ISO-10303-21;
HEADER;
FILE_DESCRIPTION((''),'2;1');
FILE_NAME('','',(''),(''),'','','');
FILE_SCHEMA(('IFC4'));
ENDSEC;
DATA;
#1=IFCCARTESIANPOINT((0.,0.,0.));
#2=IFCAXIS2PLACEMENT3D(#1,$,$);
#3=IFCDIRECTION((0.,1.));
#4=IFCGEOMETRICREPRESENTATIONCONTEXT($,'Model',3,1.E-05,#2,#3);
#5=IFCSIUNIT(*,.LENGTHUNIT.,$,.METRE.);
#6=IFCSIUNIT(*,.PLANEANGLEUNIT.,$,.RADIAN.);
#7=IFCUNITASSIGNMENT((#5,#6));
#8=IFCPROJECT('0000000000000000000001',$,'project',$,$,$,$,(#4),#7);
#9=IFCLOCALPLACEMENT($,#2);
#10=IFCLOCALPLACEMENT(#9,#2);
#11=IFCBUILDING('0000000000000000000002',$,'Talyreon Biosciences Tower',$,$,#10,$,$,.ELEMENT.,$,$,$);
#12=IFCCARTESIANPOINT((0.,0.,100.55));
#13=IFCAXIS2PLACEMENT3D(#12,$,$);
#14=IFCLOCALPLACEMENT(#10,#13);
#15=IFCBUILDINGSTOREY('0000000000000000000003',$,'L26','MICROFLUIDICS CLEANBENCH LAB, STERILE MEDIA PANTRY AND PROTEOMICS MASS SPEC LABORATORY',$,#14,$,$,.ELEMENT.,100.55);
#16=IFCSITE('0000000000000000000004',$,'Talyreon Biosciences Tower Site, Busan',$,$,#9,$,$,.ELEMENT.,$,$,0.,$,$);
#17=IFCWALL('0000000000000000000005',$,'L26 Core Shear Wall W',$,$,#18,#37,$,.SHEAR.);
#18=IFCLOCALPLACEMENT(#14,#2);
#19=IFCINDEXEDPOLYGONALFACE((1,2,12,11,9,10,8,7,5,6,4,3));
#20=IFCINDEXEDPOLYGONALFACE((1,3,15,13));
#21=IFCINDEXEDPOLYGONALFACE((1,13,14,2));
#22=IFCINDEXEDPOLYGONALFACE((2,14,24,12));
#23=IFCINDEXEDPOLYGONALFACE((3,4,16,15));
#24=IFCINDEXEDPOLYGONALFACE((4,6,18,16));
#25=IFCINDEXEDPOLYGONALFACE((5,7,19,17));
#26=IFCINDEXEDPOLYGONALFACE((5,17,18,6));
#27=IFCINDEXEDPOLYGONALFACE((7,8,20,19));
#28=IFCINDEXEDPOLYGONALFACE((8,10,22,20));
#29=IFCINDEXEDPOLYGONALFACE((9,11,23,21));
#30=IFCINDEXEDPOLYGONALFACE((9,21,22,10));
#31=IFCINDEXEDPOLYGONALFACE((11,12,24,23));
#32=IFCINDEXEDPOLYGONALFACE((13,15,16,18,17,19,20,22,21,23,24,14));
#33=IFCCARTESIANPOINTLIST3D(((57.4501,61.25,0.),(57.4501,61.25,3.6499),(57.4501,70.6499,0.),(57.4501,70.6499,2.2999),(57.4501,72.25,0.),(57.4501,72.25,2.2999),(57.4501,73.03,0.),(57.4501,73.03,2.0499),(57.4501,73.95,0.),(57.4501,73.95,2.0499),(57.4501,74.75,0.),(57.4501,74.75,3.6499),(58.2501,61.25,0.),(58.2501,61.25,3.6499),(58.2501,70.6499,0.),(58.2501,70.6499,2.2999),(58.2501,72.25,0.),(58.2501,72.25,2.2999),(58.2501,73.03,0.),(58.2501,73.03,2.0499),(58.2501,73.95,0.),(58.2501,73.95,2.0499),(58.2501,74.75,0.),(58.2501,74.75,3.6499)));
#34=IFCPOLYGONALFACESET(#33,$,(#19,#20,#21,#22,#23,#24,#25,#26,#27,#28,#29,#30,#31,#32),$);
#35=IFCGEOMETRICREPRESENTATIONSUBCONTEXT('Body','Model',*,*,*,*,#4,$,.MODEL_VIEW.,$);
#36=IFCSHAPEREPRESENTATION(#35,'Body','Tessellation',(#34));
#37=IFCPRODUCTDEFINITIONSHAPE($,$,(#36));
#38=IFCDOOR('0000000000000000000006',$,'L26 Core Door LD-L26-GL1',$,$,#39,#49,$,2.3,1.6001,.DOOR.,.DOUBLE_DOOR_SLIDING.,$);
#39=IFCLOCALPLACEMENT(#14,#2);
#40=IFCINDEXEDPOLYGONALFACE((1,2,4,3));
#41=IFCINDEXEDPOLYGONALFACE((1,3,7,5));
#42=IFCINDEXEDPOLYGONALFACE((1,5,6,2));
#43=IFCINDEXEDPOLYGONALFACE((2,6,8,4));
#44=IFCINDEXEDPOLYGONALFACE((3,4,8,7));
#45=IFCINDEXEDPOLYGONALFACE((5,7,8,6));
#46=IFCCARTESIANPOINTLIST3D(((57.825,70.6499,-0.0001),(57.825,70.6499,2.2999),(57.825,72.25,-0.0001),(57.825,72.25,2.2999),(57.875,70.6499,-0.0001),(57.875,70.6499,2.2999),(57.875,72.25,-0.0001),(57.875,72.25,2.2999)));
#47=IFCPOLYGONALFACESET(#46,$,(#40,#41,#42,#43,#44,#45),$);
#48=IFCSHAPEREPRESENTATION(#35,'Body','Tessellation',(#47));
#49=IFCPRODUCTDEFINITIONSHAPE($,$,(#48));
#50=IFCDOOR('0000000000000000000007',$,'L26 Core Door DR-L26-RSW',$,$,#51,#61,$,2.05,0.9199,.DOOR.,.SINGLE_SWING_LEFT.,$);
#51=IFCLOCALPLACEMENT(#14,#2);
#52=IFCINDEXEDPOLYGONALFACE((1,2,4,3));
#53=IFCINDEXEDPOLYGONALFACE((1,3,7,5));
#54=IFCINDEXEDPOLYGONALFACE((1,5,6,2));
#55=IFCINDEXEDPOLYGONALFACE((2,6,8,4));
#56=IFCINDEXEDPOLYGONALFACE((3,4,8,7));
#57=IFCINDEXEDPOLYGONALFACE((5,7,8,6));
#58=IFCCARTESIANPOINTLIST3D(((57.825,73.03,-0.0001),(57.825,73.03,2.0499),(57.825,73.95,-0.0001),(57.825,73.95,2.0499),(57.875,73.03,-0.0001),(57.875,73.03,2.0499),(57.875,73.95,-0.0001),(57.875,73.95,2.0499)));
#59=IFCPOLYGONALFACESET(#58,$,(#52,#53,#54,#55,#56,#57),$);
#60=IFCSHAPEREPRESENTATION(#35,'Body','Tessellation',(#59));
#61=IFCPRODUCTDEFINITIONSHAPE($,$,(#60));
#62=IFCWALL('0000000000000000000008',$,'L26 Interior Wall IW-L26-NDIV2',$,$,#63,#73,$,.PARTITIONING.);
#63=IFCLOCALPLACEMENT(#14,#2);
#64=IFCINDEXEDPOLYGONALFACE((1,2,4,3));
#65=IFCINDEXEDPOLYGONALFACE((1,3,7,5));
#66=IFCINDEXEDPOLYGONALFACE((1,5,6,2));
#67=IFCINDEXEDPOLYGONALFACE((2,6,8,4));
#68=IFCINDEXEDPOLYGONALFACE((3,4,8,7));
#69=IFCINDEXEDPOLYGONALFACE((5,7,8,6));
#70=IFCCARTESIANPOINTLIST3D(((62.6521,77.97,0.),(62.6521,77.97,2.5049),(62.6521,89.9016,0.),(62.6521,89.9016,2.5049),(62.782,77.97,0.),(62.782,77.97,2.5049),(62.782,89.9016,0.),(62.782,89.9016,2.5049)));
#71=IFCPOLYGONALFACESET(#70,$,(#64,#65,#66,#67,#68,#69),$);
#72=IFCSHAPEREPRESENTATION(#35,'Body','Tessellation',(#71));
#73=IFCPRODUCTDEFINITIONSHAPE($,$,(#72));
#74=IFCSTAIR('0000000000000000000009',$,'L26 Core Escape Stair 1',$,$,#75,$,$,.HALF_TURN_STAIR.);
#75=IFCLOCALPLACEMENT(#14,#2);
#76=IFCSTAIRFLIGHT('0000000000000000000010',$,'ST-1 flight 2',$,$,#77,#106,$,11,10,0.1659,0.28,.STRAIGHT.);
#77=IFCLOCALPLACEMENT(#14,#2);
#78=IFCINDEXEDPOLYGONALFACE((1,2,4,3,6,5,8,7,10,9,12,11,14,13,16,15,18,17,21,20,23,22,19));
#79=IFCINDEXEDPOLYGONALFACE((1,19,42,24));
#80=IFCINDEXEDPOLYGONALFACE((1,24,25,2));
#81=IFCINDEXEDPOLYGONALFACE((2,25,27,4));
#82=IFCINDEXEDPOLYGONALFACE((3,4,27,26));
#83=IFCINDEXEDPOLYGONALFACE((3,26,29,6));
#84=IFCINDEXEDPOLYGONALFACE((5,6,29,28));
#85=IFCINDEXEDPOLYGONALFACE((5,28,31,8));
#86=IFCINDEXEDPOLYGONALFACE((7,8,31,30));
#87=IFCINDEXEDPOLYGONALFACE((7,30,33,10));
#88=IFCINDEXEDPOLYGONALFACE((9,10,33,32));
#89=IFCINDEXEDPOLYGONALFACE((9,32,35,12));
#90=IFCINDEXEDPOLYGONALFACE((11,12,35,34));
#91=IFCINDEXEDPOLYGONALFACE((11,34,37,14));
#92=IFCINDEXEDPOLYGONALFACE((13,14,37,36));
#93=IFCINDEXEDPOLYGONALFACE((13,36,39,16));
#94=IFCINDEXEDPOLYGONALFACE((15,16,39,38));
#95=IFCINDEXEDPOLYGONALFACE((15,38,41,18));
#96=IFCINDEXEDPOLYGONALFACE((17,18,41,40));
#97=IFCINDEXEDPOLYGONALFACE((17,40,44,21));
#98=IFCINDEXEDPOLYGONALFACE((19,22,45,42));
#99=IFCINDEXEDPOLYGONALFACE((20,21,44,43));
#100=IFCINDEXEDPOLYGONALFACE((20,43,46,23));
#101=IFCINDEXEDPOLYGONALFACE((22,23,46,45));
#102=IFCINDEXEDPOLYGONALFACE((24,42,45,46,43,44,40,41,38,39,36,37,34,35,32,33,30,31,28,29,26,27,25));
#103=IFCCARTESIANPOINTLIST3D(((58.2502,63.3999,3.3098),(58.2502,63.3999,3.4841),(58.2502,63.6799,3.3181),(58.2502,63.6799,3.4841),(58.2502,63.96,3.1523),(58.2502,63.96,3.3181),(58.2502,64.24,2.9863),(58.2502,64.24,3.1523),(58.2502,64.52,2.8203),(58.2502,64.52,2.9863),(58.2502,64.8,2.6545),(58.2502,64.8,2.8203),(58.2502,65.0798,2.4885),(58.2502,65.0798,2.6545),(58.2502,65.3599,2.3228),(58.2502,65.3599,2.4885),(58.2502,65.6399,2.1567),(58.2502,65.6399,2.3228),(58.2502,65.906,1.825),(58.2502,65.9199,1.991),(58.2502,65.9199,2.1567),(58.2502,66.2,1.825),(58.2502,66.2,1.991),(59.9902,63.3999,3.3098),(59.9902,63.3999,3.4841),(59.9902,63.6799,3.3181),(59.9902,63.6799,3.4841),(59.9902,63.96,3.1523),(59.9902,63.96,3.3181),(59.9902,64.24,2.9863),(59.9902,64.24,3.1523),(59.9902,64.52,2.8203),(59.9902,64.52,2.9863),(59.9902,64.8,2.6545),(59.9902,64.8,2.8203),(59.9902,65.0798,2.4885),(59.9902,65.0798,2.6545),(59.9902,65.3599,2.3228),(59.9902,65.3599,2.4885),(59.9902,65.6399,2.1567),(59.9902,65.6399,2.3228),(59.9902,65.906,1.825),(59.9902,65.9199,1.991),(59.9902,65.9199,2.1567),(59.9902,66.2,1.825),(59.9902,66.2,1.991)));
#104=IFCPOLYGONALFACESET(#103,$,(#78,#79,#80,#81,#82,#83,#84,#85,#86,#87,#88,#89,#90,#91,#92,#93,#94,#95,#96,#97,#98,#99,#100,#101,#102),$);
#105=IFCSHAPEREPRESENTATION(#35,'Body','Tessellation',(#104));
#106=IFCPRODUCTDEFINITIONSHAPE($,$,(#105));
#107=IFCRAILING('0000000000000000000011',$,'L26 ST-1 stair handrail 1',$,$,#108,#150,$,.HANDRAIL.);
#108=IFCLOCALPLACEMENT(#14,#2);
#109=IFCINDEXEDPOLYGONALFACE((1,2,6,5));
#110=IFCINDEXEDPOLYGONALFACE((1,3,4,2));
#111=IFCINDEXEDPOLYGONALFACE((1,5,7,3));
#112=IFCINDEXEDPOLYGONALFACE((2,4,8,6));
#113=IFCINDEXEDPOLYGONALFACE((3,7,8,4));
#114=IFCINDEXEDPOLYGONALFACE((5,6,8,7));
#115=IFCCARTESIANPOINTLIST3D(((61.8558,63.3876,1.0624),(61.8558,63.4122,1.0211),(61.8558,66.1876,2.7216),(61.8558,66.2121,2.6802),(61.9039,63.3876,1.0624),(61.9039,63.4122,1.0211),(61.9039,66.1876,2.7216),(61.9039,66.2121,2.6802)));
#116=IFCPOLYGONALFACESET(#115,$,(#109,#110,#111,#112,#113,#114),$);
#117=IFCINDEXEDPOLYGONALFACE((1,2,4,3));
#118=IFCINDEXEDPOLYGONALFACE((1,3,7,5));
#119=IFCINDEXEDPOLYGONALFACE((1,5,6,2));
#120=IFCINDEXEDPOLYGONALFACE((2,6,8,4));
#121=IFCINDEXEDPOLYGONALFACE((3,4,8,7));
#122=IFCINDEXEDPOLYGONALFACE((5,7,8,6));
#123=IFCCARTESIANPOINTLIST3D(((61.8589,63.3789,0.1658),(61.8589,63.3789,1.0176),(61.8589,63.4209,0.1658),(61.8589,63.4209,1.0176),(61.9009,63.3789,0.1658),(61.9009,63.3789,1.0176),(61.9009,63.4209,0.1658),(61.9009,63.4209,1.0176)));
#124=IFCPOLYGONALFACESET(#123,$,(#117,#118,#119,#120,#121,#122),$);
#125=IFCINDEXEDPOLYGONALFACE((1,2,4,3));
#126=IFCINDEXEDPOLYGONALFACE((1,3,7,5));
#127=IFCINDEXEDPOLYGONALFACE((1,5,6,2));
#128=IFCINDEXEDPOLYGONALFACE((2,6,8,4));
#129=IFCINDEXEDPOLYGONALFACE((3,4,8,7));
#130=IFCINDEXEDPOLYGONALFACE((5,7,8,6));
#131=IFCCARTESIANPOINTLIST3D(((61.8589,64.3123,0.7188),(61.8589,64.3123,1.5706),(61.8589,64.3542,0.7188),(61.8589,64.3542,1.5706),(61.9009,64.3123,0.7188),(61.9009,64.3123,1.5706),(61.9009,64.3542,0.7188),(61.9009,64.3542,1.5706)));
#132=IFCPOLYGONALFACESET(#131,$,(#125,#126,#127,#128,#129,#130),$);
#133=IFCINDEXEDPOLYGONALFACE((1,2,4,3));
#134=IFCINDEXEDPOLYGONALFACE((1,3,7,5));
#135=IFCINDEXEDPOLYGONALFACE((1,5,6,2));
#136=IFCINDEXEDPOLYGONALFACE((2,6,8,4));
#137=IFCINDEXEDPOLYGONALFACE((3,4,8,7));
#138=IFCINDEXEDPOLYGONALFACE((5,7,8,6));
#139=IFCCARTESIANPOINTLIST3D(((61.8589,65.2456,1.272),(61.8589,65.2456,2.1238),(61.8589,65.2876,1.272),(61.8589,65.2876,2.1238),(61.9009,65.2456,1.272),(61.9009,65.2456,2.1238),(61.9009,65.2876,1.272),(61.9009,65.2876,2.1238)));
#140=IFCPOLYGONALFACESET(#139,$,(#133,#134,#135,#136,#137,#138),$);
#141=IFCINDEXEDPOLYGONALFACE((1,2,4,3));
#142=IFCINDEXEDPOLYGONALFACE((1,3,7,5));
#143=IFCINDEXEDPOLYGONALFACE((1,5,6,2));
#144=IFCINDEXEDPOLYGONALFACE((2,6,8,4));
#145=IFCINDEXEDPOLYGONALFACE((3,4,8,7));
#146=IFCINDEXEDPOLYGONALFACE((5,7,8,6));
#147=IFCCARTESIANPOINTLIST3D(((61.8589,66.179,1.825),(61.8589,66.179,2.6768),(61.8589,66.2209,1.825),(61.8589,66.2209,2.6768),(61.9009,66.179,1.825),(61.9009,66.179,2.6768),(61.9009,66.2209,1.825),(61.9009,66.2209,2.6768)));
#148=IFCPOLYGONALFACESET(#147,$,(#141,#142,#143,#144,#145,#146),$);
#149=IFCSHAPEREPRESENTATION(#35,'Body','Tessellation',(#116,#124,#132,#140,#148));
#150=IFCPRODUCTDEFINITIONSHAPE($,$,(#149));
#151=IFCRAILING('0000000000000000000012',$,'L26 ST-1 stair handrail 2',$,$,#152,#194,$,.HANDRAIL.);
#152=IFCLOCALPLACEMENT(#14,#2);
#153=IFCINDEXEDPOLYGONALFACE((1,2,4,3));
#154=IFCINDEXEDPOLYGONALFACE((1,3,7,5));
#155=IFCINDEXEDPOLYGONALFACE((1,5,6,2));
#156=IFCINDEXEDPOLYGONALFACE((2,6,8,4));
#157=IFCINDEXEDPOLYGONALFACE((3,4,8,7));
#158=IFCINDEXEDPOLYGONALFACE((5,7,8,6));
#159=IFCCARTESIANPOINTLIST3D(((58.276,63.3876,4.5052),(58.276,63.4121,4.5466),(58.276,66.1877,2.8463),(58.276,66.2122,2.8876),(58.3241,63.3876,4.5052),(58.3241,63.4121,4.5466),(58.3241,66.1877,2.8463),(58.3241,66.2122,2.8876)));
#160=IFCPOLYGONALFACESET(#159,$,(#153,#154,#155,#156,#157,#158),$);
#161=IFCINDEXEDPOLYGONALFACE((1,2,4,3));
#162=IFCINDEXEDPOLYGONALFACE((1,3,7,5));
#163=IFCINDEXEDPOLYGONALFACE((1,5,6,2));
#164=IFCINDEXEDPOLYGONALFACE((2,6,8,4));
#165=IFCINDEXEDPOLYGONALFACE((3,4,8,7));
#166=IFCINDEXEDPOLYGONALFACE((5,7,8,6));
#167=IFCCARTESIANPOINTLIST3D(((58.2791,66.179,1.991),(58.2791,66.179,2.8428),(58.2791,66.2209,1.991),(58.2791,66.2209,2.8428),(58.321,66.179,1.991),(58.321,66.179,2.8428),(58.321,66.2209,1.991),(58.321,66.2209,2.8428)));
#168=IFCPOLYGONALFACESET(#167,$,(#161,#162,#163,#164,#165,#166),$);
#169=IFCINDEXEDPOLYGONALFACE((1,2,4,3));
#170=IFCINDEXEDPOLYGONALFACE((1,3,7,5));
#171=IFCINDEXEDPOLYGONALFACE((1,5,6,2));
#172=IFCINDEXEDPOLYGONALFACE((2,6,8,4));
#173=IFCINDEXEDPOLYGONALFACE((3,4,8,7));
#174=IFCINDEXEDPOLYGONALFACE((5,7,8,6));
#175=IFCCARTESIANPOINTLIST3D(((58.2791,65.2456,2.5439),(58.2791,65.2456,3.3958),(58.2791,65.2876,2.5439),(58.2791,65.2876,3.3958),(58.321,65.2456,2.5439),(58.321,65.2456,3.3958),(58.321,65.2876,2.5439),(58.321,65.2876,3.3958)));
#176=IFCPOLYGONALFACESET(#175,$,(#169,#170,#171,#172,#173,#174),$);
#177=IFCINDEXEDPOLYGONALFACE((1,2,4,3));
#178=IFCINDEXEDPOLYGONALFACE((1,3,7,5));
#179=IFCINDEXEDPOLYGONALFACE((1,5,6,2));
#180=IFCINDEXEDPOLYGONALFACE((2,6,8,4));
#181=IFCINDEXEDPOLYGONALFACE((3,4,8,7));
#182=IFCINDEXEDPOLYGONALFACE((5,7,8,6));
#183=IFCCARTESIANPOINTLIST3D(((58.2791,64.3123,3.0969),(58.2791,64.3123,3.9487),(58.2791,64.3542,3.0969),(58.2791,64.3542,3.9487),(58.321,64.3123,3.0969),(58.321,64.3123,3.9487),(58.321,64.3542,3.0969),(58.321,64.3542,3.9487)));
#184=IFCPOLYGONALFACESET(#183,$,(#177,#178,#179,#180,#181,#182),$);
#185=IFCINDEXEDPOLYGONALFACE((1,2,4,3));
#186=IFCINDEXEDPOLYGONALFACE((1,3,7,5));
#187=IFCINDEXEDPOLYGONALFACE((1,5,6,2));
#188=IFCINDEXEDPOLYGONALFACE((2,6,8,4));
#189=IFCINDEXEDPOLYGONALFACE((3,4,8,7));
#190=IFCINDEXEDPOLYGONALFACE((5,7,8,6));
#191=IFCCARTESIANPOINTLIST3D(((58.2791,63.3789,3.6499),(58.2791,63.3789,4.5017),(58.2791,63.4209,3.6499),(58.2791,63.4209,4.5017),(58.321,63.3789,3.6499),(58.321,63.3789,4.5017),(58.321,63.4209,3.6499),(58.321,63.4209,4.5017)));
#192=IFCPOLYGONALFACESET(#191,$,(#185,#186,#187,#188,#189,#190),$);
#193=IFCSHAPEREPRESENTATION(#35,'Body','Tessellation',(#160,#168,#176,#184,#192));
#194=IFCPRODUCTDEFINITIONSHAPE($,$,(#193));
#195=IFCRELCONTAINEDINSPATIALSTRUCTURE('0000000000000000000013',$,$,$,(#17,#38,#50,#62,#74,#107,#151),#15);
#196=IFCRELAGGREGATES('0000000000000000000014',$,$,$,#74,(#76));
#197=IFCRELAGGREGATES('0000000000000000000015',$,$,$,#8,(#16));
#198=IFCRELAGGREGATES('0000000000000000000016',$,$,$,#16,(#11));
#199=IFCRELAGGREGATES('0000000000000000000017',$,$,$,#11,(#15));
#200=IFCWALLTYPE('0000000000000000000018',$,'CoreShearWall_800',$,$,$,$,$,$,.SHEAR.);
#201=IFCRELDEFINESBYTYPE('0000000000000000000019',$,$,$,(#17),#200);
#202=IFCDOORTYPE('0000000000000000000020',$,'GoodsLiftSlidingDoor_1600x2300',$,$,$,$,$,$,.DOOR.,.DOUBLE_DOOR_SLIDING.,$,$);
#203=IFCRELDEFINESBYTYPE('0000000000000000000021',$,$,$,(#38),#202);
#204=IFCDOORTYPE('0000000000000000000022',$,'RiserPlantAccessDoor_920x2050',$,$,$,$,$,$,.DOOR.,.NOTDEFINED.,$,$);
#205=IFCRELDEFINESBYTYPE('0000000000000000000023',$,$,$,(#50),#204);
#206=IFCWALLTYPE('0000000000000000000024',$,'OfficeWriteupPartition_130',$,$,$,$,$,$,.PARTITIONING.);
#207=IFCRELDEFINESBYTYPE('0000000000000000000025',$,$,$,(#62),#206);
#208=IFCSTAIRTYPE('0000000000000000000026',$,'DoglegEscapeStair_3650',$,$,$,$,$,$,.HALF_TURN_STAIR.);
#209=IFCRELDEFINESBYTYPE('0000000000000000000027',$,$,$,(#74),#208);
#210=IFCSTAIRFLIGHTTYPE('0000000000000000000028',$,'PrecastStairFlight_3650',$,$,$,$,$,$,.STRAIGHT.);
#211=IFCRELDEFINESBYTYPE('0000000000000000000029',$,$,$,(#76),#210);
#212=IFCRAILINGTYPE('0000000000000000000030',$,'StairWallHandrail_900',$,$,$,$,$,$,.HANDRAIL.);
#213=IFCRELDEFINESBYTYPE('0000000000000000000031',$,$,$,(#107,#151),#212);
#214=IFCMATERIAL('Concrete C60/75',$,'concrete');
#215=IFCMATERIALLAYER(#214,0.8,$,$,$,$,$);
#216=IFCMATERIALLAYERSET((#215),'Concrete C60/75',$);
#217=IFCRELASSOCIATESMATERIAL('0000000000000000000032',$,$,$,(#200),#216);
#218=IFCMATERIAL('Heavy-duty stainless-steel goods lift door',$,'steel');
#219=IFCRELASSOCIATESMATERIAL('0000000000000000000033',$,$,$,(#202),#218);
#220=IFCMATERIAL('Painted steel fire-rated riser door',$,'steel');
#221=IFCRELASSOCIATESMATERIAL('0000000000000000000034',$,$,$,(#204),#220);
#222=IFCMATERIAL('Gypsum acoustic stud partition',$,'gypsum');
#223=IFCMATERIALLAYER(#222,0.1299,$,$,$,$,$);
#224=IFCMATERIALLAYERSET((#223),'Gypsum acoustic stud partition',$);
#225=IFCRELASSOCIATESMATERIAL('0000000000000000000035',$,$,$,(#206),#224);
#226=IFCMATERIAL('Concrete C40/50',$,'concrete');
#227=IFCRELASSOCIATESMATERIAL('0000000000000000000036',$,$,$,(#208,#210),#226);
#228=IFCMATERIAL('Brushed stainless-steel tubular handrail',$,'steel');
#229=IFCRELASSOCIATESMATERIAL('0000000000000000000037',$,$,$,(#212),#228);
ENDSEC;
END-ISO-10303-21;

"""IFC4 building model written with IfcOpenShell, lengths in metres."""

from ifc_helpers import new_model, si_unit, direction, frame, frame_2d, origin, origin_2d, place, context, subcontext, project, spatial, polyline, rectangle, outline, extrude, material, layer, layer_set, type_object, element, fill, aggregate, save


model = new_model("IFC4")

# Units and contexts
model_context = context("Model", 3, precision=1e-05, world=origin(), true_north=direction((0.0, 1.0)))
body_context = subcontext(model_context, "Body", "Model", "MODEL_VIEW")
ifc_project = project(units=[si_unit("LENGTHUNIT", "METRE"), si_unit("PLANEANGLEUNIT", "RADIAN")], contexts=[model_context])

# Site, building, storey
site_placement = place(None, origin())
site = spatial("IfcSite", under=ifc_project, at=site_placement, Name="Talyreon Biosciences Tower Site, Busan", CompositionType="ELEMENT", RefElevation=0.0)
building_placement = place(site_placement, origin())
building = spatial("IfcBuilding", under=site, at=building_placement, Name="Talyreon Biosciences Tower", CompositionType="ELEMENT")
storey_placement = place(building_placement, frame((0.0, 0.0, 100.55)))
storey = spatial("IfcBuildingStorey", under=building, at=storey_placement, Name="L26", Description="MICROFLUIDICS CLEANBENCH LAB, STERILE MEDIA PANTRY AND PROTEOMICS MASS SPEC LABORATORY", CompositionType="ELEMENT", Elevation=100.55)

# Shared definitions
ifc_material_1 = material(Name="Concrete C60/75", Category="concrete")

# Shared definitions
ifc_layer_1 = layer(ifc_material_1, 0.8)
ifc_layer_set_1 = layer_set([ifc_layer_1], Name="Concrete C60/75")
wall_type_1 = type_object("IfcWallType", Name="CoreShearWall_800", PredefinedType="SHEAR", material=ifc_layer_set_1)

# Wall, openings, doors
wall_1_placement = place(storey_placement, frame((57.8501, 74.75, 0.0), z_axis=(0.0, 0.0, 1.0), x_axis=(0.0, -1.0, 0.0)))
wall_1 = element("IfcWall", 1, at=wall_1_placement, inside=storey, type_object=wall_type_1, Name="L26 Core Shear Wall W", PredefinedType="SHEAR", context=body_context, shape_type="SweptSolid", body=[
    extrude(rectangle(XDim=13.5, YDim=0.8, at=frame_2d((6.75, 0.0))), origin(), (0.0, 0.0, 1.0), 3.6499),
])
opening_1_placement = place(wall_1_placement, frame((0.8, 0.0, 0.0)))
opening_1 = element("IfcOpeningElement", 2, at=opening_1_placement, cuts=wall_1, PredefinedType="OPENING", context=body_context, shape_type="SweptSolid", body=[
    extrude(rectangle(XDim=0.9199, YDim=2.05, at=frame_2d((0.46, 1.0249))), frame((0.0, 0.4099, 0.0), z_axis=(0.0, -1.0, 0.0), x_axis=(1.0, 0.0, 0.0)), (0.0, 0.0, 1.0), 0.8201),
])
opening_2_placement = place(wall_1_placement, frame((2.5, 0.0, 0.0)))
opening_2 = element("IfcOpeningElement", 3, at=opening_2_placement, cuts=wall_1, PredefinedType="OPENING", context=body_context, shape_type="SweptSolid", body=[
    extrude(rectangle(XDim=1.6001, YDim=2.3, at=frame_2d((0.8, 1.1499))), frame((0.0, 0.4099, 0.0), z_axis=(0.0, -1.0, 0.0), x_axis=(1.0, 0.0, 0.0)), (0.0, 0.0, 1.0), 0.8201),
])
ifc_material_2 = material(Name="Heavy-duty stainless-steel goods lift door", Category="steel")
door_type_1 = type_object("IfcDoorType", Name="GoodsLiftSlidingDoor_1600x2300", OperationType="DOUBLE_DOOR_SLIDING", PredefinedType="DOOR", material=ifc_material_2)
door_1_placement = place(opening_2_placement, origin())
door_1 = element("IfcDoor", 4, at=door_1_placement, inside=storey, type_object=door_type_1, Name="L26 Core Door LD-L26-GL1", OperationType="DOUBLE_DOOR_SLIDING", OverallHeight=2.3, OverallWidth=1.6001, PredefinedType="DOOR", context=body_context, shape_type="SweptSolid", body=[
    extrude(rectangle(XDim=1.6001, YDim=2.3, at=frame_2d((0.8, 1.1499))), frame((0.0, 0.0249, 0.0), z_axis=(0.0, -1.0, 0.0), x_axis=(1.0, 0.0, 0.0)), (0.0, 0.0, 1.0), 0.05),
])
fill(opening_2, door_1)
ifc_material_3 = material(Name="Painted steel fire-rated riser door", Category="steel")
door_type_2 = type_object("IfcDoorType", Name="RiserPlantAccessDoor_920x2050", OperationType="NOTDEFINED", PredefinedType="DOOR", material=ifc_material_3)
door_2_placement = place(opening_1_placement, origin())
door_2 = element("IfcDoor", 5, at=door_2_placement, inside=storey, type_object=door_type_2, Name="L26 Core Door DR-L26-RSW", OperationType="SINGLE_SWING_LEFT", OverallHeight=2.05, OverallWidth=0.9199, PredefinedType="DOOR", context=body_context, shape_type="SweptSolid", body=[
    extrude(rectangle(XDim=0.9199, YDim=2.05, at=frame_2d((0.46, 1.0249))), frame((0.0, 0.0249, 0.0), z_axis=(0.0, -1.0, 0.0), x_axis=(1.0, 0.0, 0.0)), (0.0, 0.0, 1.0), 0.05),
])
fill(opening_1, door_2)

# Wall
ifc_material_4 = material(Name="Gypsum acoustic stud partition", Category="gypsum")
ifc_layer_2 = layer(ifc_material_4, 0.1299)
ifc_layer_set_2 = layer_set([ifc_layer_2], Name="Gypsum acoustic stud partition")
wall_type_2 = type_object("IfcWallType", Name="OfficeWriteupPartition_130", PredefinedType="PARTITIONING", material=ifc_layer_set_2)
wall_2_placement = place(storey_placement, frame((62.717, 77.97, 0.0), z_axis=(0.0, 0.0, 1.0), x_axis=(0.0, 1.0, 0.0)))
element("IfcWall", 6, at=wall_2_placement, inside=storey, type_object=wall_type_2, Name="L26 Interior Wall IW-L26-NDIV2", PredefinedType="PARTITIONING", context=body_context, shape_type="SweptSolid", body=[
    extrude(rectangle(XDim=11.9316, YDim=0.1299, at=frame_2d((5.9658, 0.0))), origin(), (0.0, 0.0, 1.0), 2.5049),
])

# Stair, stair flight
ifc_material_5 = material(Name="Concrete C40/50", Category="concrete")
stair_type = type_object("IfcStairType", Name="DoglegEscapeStair_3650", PredefinedType="HALF_TURN_STAIR", material=ifc_material_5)
stair_placement = place(storey_placement, origin())
stair = element("IfcStair", 7, at=stair_placement, inside=storey, type_object=stair_type, Name="L26 Core Escape Stair 1", PredefinedType="HALF_TURN_STAIR")
stair_flight_type = type_object("IfcStairFlightType", Name="PrecastStairFlight_3650", PredefinedType="STRAIGHT", material=ifc_material_5)
stair_flight_placement = place(storey_placement, frame((59.1201, 66.2, 1.825), z_axis=(0.0, 0.0, 1.0), x_axis=(0.0, -1.0, 0.0)))
stair_flight = element("IfcStairFlight", 8, at=stair_flight_placement, type_object=stair_flight_type, Name="ST-1 flight 2", NumberOfRisers=11, NumberOfTreads=10, PredefinedType="STRAIGHT", RiserHeight=0.1659, TreadLength=0.28, context=body_context, shape_type="SweptSolid", body=[
    extrude(outline(polyline([(0.0, 0.0), (0.0, 0.166), (0.28, 0.166), (0.28, 0.3318), (0.5601, 0.3318), (0.5601, 0.4978), (0.8401, 0.4978), (0.8401, 0.6636), (1.1201, 0.6636), (1.1201, 0.8296), (1.3999, 0.8296), (1.3999, 0.9954), (1.6799, 0.9954), (1.6799, 1.1614), (1.96, 1.1614), (1.96, 1.3274), (2.24, 1.3274), (2.24, 1.4932), (2.52, 1.4932), (2.52, 1.6592), (2.8, 1.6592), (2.8, 1.825), (2.8, 1.4849), (0.2939, 0.0), (0.0, 0.0)])), frame((0.0, 0.8701, 0.0), z_axis=(0.0, -1.0, 0.0), x_axis=(1.0, 0.0, 0.0)), (0.0, 0.0, 1.0), 1.74),
])
aggregate(stair, [stair_flight])

# Railings
ifc_material_6 = material(Name="Brushed stainless-steel tubular handrail", Category="steel")
railing_type_1 = type_object("IfcRailingType", Name="StairWallHandrail_900", PredefinedType="HANDRAIL", material=ifc_material_6)
railing_1_placement = place(storey_placement, frame((61.8799, 63.3999, 0.1658)))
element("IfcRailing", 9, at=railing_1_placement, inside=storey, type_object=railing_type_1, Name="L26 ST-1 stair handrail 1", PredefinedType="HANDRAIL", context=body_context, shape_type="SweptSolid", body=[
    extrude(rectangle(XDim=0.0481, YDim=0.0481, at=origin_2d()), frame((0.0, 0.0, 0.876), z_axis=(0.0, 0.860306, 0.509778), x_axis=(-1.0, 0.0, 0.0)), (0.0, 0.0, 1.0), 3.2546),
    extrude(rectangle(XDim=0.042, YDim=0.042, at=origin_2d()), origin(), (0.0, 0.0, 1.0), 0.8518),
    extrude(rectangle(XDim=0.042, YDim=0.042, at=origin_2d()), frame((0.0, 0.9333, 0.553)), (0.0, 0.0, 1.0), 0.8518),
    extrude(rectangle(XDim=0.042, YDim=0.042, at=origin_2d()), frame((0.0, 1.8667, 1.1062)), (0.0, 0.0, 1.0), 0.8518),
    extrude(rectangle(XDim=0.042, YDim=0.042, at=origin_2d()), frame((0.0, 2.8, 1.6592)), (0.0, 0.0, 1.0), 0.8518),
])
railing_2_placement = place(storey_placement, frame((58.3, 66.2, 1.991)))
element("IfcRailing", 10, at=railing_2_placement, inside=storey, type_object=railing_type_1, Name="L26 ST-1 stair handrail 2", PredefinedType="HANDRAIL", context=body_context, shape_type="SweptSolid", body=[
    extrude(rectangle(XDim=0.0481, YDim=0.0481, at=origin_2d()), frame((0.0, 0.0, 0.876), z_axis=(0.0, -0.860339, 0.509722), x_axis=(1.0, 0.0, 0.0)), (0.0, 0.0, 1.0), 3.2546),
    extrude(rectangle(XDim=0.042, YDim=0.042, at=origin_2d()), origin(), (0.0, 0.0, 1.0), 0.8518),
    extrude(rectangle(XDim=0.042, YDim=0.042, at=origin_2d()), frame((0.0, -0.9333, 0.553)), (0.0, 0.0, 1.0), 0.8518),
    extrude(rectangle(XDim=0.042, YDim=0.042, at=origin_2d()), frame((0.0, -1.8667, 1.106)), (0.0, 0.0, 1.0), 0.8518),
    extrude(rectangle(XDim=0.042, YDim=0.042, at=origin_2d()), frame((0.0, -2.8, 1.6589)), (0.0, 0.0, 1.0), 0.8518),
])

save(model, "model.ifc")
